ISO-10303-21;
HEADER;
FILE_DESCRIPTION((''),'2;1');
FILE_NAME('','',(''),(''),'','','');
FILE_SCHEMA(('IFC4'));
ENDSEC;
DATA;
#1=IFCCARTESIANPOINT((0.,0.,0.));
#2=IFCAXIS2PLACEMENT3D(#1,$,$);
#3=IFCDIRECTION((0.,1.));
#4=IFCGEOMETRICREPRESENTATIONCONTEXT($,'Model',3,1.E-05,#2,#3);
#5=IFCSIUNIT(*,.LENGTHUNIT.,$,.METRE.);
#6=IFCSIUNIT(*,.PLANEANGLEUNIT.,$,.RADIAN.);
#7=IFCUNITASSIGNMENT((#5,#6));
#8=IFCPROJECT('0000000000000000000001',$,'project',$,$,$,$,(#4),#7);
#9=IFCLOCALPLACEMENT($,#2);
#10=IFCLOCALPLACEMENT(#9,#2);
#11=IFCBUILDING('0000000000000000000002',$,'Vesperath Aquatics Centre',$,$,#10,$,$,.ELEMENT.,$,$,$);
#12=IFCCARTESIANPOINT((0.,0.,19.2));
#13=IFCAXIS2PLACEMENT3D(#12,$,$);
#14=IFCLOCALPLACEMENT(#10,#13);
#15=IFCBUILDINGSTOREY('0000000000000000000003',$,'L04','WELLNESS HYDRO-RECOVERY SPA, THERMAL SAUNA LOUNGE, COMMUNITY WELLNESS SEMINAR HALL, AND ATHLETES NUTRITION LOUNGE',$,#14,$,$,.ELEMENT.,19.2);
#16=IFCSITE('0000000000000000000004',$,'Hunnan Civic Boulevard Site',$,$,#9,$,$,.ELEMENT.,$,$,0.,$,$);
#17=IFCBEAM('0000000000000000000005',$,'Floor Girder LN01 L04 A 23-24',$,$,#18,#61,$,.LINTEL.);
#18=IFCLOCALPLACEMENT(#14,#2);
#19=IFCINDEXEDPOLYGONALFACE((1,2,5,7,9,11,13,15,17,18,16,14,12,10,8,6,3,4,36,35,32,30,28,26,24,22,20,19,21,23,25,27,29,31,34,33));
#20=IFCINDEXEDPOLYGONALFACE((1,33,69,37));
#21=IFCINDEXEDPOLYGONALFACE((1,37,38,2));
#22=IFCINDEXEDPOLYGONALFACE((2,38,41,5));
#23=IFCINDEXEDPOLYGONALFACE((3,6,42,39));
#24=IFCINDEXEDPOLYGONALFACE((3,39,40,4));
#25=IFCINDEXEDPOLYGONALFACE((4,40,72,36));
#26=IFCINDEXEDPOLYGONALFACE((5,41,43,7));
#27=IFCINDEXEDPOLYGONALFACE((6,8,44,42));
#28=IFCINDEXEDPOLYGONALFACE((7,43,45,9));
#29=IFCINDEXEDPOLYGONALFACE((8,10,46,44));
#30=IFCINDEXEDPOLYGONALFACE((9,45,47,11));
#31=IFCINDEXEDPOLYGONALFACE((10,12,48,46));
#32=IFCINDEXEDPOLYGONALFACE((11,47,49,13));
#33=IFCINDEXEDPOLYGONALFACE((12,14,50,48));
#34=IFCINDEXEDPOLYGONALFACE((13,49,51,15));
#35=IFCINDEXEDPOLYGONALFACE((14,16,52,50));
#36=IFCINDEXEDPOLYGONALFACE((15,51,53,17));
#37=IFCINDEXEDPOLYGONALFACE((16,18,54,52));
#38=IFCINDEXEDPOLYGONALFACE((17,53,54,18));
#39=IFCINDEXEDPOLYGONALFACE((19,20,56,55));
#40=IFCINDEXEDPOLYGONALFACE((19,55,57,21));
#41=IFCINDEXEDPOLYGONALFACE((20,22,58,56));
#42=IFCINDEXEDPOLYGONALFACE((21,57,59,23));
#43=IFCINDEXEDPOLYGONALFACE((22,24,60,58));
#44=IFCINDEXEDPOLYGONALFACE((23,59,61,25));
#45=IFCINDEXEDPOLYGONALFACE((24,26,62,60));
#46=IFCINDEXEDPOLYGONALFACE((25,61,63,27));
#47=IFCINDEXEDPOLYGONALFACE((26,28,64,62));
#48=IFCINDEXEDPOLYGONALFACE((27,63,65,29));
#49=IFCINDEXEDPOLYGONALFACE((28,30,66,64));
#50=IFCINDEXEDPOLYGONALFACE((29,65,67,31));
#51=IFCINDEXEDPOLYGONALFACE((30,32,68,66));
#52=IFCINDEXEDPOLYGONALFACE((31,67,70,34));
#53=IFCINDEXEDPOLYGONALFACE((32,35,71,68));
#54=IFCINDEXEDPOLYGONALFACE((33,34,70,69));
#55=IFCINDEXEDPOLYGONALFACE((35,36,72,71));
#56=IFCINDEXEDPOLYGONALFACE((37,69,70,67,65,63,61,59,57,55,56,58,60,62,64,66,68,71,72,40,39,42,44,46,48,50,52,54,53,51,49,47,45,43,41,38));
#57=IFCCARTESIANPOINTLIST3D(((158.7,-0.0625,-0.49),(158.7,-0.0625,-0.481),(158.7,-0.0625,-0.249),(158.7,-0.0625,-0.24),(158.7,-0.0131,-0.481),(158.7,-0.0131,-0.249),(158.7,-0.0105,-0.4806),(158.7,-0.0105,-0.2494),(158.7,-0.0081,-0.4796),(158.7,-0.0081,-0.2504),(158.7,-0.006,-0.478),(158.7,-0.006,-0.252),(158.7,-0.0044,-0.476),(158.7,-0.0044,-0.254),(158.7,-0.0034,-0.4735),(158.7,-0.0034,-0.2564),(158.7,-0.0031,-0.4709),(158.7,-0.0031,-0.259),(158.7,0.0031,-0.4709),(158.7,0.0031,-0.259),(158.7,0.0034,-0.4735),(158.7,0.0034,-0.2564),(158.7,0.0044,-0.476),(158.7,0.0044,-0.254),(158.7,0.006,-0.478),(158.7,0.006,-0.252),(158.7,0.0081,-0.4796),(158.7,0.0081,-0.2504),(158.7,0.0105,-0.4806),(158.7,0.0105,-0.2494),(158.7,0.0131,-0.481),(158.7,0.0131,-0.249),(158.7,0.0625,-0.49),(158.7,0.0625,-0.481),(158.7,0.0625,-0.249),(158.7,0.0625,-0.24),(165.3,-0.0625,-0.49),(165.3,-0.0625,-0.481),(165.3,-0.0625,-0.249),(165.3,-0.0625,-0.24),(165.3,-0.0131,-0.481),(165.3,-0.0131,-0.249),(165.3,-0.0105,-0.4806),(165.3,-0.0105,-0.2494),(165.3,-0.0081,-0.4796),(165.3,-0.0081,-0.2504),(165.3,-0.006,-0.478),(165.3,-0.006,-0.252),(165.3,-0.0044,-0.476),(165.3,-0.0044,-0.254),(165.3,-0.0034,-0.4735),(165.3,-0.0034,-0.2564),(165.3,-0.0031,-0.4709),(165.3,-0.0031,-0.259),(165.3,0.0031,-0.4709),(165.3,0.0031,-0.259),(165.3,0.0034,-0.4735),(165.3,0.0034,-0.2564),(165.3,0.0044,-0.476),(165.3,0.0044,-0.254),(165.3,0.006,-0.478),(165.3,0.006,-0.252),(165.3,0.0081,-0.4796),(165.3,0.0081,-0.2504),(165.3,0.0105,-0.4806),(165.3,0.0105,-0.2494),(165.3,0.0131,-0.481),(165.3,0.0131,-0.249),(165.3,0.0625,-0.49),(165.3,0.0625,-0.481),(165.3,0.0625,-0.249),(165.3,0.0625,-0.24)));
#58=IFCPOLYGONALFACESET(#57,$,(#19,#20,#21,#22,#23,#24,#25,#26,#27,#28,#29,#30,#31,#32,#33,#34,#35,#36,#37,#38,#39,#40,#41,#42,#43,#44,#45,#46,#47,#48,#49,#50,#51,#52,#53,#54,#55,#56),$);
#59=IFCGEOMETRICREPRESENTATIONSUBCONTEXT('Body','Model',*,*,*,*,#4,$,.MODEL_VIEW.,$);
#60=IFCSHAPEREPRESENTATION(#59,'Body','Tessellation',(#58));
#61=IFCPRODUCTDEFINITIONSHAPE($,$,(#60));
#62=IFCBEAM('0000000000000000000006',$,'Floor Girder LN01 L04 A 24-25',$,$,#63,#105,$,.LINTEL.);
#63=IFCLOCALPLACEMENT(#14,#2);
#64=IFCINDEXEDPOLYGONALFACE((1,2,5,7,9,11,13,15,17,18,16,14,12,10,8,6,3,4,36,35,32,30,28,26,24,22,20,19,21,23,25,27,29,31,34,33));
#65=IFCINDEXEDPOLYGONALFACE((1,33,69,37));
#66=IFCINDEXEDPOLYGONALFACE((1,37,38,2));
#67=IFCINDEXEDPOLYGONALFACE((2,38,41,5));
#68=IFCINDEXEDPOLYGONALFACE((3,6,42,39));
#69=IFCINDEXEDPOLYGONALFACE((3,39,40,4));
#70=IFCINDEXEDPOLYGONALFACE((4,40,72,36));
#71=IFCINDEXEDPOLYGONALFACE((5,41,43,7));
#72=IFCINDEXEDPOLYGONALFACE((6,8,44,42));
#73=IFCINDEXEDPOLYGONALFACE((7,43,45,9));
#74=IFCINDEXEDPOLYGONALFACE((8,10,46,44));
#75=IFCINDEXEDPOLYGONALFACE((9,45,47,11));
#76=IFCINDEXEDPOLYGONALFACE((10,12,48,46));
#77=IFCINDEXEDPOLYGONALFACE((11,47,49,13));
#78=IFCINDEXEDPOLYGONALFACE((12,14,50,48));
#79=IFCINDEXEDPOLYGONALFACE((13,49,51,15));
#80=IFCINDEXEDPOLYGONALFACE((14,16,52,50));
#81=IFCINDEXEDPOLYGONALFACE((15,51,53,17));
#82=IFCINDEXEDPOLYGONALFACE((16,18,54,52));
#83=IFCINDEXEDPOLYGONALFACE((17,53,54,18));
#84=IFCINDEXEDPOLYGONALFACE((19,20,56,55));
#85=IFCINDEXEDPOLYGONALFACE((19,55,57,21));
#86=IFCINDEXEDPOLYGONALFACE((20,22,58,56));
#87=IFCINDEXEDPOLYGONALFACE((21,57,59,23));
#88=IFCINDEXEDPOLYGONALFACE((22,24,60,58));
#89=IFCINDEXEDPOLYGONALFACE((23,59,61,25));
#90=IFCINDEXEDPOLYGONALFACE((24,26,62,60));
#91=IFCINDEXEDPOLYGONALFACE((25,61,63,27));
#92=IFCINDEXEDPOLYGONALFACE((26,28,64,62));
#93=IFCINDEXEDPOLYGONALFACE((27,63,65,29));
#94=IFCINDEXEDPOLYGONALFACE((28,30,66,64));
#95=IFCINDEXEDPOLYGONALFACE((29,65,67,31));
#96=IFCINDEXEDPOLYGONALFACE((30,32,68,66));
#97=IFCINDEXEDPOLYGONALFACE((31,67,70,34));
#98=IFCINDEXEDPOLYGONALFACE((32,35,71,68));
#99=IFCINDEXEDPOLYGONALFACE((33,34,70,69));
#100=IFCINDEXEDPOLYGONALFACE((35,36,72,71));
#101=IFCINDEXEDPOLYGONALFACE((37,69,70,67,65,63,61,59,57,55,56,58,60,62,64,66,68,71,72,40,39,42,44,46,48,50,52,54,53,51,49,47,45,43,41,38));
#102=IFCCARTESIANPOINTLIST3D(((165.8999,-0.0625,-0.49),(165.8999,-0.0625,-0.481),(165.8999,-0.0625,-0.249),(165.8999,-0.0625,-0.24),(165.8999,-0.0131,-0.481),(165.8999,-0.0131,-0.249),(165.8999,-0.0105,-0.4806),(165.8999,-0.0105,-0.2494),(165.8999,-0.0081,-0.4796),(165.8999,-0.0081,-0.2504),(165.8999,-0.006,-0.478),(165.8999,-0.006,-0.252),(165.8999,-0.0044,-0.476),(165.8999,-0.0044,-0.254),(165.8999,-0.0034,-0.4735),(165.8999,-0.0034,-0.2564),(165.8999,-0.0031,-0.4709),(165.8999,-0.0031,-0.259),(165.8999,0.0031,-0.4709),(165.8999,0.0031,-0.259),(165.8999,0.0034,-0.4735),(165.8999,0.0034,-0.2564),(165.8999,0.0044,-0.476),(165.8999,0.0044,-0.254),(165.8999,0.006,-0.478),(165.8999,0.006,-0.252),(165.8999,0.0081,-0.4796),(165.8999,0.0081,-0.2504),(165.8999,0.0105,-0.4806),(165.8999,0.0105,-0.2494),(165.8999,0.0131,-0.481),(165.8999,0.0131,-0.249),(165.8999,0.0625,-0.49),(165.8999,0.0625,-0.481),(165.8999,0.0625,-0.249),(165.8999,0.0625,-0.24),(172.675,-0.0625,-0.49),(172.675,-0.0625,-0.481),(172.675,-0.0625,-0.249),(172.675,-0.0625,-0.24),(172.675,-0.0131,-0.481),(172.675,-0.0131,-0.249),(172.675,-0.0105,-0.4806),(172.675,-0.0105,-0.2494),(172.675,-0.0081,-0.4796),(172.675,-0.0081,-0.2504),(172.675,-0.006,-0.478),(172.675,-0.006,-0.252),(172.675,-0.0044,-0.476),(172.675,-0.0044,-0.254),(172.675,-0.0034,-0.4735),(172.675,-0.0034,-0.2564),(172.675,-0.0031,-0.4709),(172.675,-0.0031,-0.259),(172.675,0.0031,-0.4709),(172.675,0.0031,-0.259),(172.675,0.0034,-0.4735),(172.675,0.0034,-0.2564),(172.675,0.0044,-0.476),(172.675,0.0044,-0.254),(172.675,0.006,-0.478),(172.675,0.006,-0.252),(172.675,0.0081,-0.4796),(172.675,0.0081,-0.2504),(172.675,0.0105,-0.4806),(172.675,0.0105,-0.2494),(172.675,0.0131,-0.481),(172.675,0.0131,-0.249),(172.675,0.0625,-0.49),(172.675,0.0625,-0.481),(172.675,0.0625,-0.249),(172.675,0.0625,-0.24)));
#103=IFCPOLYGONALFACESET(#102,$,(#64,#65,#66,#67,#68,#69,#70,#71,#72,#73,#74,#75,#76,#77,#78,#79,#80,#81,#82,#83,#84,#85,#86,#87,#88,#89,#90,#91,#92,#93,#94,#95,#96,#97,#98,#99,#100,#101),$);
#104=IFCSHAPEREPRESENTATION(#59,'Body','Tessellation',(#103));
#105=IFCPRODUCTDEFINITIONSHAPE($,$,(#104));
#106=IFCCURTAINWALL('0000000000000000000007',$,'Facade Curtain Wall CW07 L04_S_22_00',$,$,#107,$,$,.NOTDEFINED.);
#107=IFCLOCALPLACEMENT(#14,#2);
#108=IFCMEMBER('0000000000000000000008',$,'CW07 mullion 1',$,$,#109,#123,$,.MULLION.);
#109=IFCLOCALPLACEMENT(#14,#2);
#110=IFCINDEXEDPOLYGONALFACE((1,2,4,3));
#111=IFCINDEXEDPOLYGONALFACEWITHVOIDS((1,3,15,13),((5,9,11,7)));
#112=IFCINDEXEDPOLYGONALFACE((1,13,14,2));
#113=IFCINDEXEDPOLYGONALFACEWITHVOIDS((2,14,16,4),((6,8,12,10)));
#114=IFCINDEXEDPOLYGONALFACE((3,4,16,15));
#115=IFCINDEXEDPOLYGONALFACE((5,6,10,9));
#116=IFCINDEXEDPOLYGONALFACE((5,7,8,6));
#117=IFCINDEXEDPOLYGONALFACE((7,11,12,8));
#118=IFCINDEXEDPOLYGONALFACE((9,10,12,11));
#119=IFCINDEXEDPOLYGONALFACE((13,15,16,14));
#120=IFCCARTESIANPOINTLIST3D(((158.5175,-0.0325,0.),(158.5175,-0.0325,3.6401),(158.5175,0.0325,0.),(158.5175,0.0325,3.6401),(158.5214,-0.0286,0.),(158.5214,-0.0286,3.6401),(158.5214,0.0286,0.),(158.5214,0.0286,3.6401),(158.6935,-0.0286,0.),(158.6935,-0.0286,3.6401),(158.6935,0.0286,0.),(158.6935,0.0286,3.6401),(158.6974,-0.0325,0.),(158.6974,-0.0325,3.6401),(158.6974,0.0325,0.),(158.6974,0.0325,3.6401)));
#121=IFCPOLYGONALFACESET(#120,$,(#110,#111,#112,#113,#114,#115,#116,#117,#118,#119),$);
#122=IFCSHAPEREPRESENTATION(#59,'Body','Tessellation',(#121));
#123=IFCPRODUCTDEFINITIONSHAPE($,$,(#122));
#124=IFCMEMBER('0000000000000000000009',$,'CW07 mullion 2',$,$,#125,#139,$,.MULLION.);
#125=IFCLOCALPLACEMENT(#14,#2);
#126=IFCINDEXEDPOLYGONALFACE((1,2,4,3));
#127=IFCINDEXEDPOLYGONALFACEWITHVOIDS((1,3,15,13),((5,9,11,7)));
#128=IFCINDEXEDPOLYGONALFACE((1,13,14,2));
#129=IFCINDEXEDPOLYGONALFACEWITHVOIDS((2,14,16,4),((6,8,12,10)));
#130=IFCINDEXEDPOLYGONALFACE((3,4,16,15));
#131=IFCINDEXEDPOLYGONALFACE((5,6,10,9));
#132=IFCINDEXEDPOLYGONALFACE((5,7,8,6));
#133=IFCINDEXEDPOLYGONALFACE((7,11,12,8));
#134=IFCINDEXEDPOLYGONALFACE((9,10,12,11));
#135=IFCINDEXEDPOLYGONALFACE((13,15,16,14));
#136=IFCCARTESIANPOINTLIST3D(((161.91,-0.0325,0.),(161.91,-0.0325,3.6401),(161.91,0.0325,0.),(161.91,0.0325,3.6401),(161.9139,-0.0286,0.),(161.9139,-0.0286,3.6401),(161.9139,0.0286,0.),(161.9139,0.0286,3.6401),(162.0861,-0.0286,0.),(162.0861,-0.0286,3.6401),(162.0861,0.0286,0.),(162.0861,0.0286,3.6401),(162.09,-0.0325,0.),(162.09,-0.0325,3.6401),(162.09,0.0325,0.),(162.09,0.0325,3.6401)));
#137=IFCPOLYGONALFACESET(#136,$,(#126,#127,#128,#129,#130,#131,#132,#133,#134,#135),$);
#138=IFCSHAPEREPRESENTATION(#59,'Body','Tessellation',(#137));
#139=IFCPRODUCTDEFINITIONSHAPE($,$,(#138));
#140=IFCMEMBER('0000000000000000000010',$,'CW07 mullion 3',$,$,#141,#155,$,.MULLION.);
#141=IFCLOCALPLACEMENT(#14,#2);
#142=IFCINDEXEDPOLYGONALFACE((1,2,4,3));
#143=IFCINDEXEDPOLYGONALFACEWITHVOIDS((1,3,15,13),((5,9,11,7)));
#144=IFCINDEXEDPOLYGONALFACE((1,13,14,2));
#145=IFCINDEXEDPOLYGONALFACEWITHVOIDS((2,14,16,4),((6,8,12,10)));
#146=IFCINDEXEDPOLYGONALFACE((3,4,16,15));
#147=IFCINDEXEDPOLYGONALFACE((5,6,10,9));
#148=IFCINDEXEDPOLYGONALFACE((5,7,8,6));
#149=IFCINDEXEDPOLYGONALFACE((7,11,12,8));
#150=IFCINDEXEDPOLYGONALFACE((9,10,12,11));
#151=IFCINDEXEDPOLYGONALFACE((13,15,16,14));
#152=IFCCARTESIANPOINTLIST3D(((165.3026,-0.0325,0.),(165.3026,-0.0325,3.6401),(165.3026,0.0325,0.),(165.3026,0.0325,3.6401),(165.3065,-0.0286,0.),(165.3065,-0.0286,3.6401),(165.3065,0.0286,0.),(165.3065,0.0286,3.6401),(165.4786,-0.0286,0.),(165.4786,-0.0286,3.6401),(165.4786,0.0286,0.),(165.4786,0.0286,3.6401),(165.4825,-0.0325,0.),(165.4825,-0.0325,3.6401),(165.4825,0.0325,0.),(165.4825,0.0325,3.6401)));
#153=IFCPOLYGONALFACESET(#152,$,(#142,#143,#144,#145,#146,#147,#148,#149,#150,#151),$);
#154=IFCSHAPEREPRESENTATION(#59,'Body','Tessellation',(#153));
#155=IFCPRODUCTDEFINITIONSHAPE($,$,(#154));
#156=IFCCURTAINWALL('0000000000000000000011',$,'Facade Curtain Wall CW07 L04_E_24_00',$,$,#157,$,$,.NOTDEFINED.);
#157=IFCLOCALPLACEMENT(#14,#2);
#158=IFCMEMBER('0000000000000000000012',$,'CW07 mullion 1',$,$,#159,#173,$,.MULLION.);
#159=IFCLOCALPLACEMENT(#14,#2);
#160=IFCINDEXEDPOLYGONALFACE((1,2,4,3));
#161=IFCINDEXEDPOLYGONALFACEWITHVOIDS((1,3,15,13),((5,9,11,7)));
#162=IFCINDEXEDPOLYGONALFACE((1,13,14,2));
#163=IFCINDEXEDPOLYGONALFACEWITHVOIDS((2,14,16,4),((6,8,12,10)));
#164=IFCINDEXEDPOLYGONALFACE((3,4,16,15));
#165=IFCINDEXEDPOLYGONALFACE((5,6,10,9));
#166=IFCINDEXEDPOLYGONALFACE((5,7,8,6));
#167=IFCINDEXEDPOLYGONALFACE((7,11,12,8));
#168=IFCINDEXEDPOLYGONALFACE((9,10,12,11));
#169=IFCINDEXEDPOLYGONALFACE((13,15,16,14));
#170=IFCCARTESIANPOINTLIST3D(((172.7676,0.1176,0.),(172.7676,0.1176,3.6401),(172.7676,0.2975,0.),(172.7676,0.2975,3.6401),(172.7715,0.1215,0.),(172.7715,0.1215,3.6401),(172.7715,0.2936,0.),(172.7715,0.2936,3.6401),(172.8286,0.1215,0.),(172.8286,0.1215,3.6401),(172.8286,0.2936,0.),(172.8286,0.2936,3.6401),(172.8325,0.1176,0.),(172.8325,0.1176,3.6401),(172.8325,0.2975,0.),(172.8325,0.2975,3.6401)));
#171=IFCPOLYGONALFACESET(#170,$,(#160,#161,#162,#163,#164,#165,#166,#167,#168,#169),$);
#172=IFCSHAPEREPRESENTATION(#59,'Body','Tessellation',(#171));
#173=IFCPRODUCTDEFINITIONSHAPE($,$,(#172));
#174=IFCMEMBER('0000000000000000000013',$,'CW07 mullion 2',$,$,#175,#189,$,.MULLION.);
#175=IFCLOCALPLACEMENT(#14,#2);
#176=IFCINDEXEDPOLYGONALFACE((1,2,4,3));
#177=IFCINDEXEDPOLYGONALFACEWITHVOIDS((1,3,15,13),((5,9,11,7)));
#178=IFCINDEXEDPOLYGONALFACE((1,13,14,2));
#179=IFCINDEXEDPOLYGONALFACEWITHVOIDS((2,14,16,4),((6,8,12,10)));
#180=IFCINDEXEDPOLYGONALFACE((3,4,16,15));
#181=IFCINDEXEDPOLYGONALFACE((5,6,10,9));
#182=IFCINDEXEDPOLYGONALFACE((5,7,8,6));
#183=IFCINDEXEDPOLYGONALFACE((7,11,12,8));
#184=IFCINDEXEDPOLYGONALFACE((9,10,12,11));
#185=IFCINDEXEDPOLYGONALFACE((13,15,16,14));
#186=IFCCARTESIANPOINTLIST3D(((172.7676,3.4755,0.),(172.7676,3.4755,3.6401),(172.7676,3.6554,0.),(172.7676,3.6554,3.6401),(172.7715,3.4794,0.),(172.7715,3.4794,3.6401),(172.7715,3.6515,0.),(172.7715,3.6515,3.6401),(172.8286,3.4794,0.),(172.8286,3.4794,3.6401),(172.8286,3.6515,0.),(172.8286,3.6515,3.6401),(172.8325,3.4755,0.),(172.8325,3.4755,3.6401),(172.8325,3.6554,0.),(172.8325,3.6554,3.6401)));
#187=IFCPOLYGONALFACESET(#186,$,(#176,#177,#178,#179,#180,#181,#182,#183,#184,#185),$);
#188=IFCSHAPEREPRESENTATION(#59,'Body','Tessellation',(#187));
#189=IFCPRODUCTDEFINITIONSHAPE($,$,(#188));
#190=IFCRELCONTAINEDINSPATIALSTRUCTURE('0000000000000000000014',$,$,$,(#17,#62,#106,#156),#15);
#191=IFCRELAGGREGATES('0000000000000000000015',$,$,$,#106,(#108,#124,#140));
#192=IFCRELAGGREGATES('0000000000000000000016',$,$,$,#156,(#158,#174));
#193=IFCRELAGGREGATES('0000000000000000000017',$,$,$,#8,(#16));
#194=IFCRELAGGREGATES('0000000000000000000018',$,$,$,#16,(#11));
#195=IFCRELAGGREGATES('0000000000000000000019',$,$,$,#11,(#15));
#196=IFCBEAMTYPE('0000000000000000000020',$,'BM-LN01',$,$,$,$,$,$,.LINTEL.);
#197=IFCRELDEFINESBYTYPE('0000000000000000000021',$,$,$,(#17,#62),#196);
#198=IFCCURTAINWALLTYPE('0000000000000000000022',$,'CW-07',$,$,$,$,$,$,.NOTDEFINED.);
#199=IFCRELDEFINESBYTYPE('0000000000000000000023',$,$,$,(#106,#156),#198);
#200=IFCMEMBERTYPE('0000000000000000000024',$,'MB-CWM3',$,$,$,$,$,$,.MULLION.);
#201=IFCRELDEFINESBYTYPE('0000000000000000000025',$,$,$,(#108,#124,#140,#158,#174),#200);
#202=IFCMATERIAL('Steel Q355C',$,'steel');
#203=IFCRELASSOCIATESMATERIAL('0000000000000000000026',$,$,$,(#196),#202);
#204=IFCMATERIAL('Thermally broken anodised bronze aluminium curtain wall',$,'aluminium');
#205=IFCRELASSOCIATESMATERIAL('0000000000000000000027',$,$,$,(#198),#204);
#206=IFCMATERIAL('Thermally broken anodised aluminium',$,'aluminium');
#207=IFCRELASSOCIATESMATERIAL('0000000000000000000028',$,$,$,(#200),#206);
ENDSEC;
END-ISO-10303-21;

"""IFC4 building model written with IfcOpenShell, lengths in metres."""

from ifc_helpers import new_model, si_unit, direction, frame, origin, origin_2d, place, context, subcontext, project, spatial, hollow_rectangle, i_section, extrude, material, material_profile, profile_set, type_object, element, aggregate, save


model = new_model("IFC4")

# Units and contexts
model_context = context("Model", 3, precision=1e-05, world=origin(), true_north=direction((0.0, 1.0)))
body_context = subcontext(model_context, "Body", "Model", "MODEL_VIEW")
ifc_project = project(units=[si_unit("LENGTHUNIT", "METRE"), si_unit("PLANEANGLEUNIT", "RADIAN")], contexts=[model_context])

# Site, building, storey
site_placement = place(None, origin())
site = spatial("IfcSite", under=ifc_project, at=site_placement, Name="Hunnan Civic Boulevard Site", CompositionType="ELEMENT", RefElevation=0.0)
building_placement = place(site_placement, origin())
building = spatial("IfcBuilding", under=site, at=building_placement, Name="Vesperath Aquatics Centre", CompositionType="ELEMENT")
storey_placement = place(building_placement, frame((0.0, 0.0, 19.2)))
storey = spatial("IfcBuildingStorey", under=building, at=storey_placement, Name="L04", Description="WELLNESS HYDRO-RECOVERY SPA, THERMAL SAUNA LOUNGE, COMMUNITY WELLNESS SEMINAR HALL, AND ATHLETES NUTRITION LOUNGE", CompositionType="ELEMENT", Elevation=19.2)

# Shared definitions
ifc_material_1 = material(Name="Steel Q355C", Category="steel")

# Beams
ifc_material_profile_1 = material_profile(ifc_material_1, i_section(OverallWidth=0.125, OverallDepth=0.25, WebThickness=0.0061, FlangeThickness=0.009, FilletRadius=0.01, at=origin_2d()), Name="HN 250x125x6x9")
ifc_profile_set_1 = profile_set([ifc_material_profile_1], Name="Steel Q355C")
beam_type_1 = type_object("IfcBeamType", Name="BM-LN01", PredefinedType="LINTEL", material=ifc_profile_set_1)
beam_1_placement = place(storey_placement, frame((158.7, 0.0, -0.365), z_axis=(1.0, 0.0, 0.0), x_axis=(0.0, 1.0, 0.0)))
element("IfcBeam", 1, at=beam_1_placement, inside=storey, type_object=beam_type_1, Name="Floor Girder LN01 L04 A 23-24", PredefinedType="LINTEL", context=body_context, shape_type="SweptSolid", body=[
    extrude(i_section(OverallWidth=0.125, OverallDepth=0.25, WebThickness=0.0061, FlangeThickness=0.009, FilletRadius=0.01, at=origin_2d()), origin(), (0.0, 0.0, 1.0), 6.6001),
])
beam_2_placement = place(storey_placement, frame((165.8999, 0.0, -0.365), z_axis=(1.0, 0.0, 0.0), x_axis=(0.0, 1.0, 0.0)))
element("IfcBeam", 2, at=beam_2_placement, inside=storey, type_object=beam_type_1, Name="Floor Girder LN01 L04 A 24-25", PredefinedType="LINTEL", context=body_context, shape_type="SweptSolid", body=[
    extrude(i_section(OverallWidth=0.125, OverallDepth=0.25, WebThickness=0.0061, FlangeThickness=0.009, FilletRadius=0.01, at=origin_2d()), origin(), (0.0, 0.0, 1.0), 6.7751),
])

# Curtain walls, members
ifc_material_2 = material(Name="Thermally broken anodised bronze aluminium curtain wall", Category="aluminium")
curtain_wall_type = type_object("IfcCurtainWallType", Name="CW-07", PredefinedType="NOTDEFINED", material=ifc_material_2)
curtain_wall_1_placement = place(storey_placement, origin())
curtain_wall_1 = element("IfcCurtainWall", 3, at=curtain_wall_1_placement, inside=storey, type_object=curtain_wall_type, Name="Facade Curtain Wall CW07 L04_S_22_00", PredefinedType="NOTDEFINED")
ifc_material_3 = material(Name="Thermally broken anodised aluminium", Category="aluminium")
ifc_material_profile_2 = material_profile(ifc_material_3, hollow_rectangle(XDim=0.0649, YDim=0.1799, WallThickness=0.0039, at=origin_2d()), Name="CWM 65x180x4")
ifc_profile_set_2 = profile_set([ifc_material_profile_2], Name="Thermally broken anodised aluminium")
member_type_1 = type_object("IfcMemberType", Name="MB-CWM3", PredefinedType="MULLION", material=ifc_profile_set_2)
member_1_placement = place(storey_placement, frame((158.6074, 0.0, 0.0), z_axis=(0.0, 0.0, 1.0), x_axis=(0.0, 1.0, 0.0)))
member_1 = element("IfcMember", 4, at=member_1_placement, type_object=member_type_1, Name="CW07 mullion 1", PredefinedType="MULLION", context=body_context, shape_type="SweptSolid", body=[
    extrude(hollow_rectangle(XDim=0.0649, YDim=0.1799, WallThickness=0.0039, at=origin_2d()), origin(), (0.0, 0.0, 1.0), 3.6401),
])
member_2_placement = place(storey_placement, frame((162.0, 0.0, 0.0), z_axis=(0.0, 0.0, 1.0), x_axis=(0.0, 1.0, 0.0)))
member_2 = element("IfcMember", 5, at=member_2_placement, type_object=member_type_1, Name="CW07 mullion 2", PredefinedType="MULLION", context=body_context, shape_type="SweptSolid", body=[
    extrude(hollow_rectangle(XDim=0.0649, YDim=0.1799, WallThickness=0.0039, at=origin_2d()), origin(), (0.0, 0.0, 1.0), 3.6401),
])
member_3_placement = place(storey_placement, frame((165.3926, 0.0, 0.0), z_axis=(0.0, 0.0, 1.0), x_axis=(0.0, 1.0, 0.0)))
member_3 = element("IfcMember", 6, at=member_3_placement, type_object=member_type_1, Name="CW07 mullion 3", PredefinedType="MULLION", context=body_context, shape_type="SweptSolid", body=[
    extrude(hollow_rectangle(XDim=0.0649, YDim=0.1799, WallThickness=0.0039, at=origin_2d()), origin(), (0.0, 0.0, 1.0), 3.6401),
])
curtain_wall_2_placement = place(storey_placement, origin())
curtain_wall_2 = element("IfcCurtainWall", 7, at=curtain_wall_2_placement, inside=storey, type_object=curtain_wall_type, Name="Facade Curtain Wall CW07 L04_E_24_00", PredefinedType="NOTDEFINED")
member_4_placement = place(storey_placement, frame((172.8, 0.2075, 0.0), z_axis=(0.0, 0.0, 1.0), x_axis=(-1.0, 0.0, 0.0)))
member_4 = element("IfcMember", 8, at=member_4_placement, type_object=member_type_1, Name="CW07 mullion 1", PredefinedType="MULLION", context=body_context, shape_type="SweptSolid", body=[
    extrude(hollow_rectangle(XDim=0.0649, YDim=0.1799, WallThickness=0.0039, at=origin_2d()), origin(), (0.0, 0.0, 1.0), 3.6401),
])
member_5_placement = place(storey_placement, frame((172.8, 3.5654, 0.0), z_axis=(0.0, 0.0, 1.0), x_axis=(-1.0, 0.0, 0.0)))
member_5 = element("IfcMember", 9, at=member_5_placement, type_object=member_type_1, Name="CW07 mullion 2", PredefinedType="MULLION", context=body_context, shape_type="SweptSolid", body=[
    extrude(hollow_rectangle(XDim=0.0649, YDim=0.1799, WallThickness=0.0039, at=origin_2d()), origin(), (0.0, 0.0, 1.0), 3.6401),
])

aggregate(curtain_wall_1, [member_1, member_2, member_3])
aggregate(curtain_wall_2, [member_4, member_5])

save(model, "model.ifc")
